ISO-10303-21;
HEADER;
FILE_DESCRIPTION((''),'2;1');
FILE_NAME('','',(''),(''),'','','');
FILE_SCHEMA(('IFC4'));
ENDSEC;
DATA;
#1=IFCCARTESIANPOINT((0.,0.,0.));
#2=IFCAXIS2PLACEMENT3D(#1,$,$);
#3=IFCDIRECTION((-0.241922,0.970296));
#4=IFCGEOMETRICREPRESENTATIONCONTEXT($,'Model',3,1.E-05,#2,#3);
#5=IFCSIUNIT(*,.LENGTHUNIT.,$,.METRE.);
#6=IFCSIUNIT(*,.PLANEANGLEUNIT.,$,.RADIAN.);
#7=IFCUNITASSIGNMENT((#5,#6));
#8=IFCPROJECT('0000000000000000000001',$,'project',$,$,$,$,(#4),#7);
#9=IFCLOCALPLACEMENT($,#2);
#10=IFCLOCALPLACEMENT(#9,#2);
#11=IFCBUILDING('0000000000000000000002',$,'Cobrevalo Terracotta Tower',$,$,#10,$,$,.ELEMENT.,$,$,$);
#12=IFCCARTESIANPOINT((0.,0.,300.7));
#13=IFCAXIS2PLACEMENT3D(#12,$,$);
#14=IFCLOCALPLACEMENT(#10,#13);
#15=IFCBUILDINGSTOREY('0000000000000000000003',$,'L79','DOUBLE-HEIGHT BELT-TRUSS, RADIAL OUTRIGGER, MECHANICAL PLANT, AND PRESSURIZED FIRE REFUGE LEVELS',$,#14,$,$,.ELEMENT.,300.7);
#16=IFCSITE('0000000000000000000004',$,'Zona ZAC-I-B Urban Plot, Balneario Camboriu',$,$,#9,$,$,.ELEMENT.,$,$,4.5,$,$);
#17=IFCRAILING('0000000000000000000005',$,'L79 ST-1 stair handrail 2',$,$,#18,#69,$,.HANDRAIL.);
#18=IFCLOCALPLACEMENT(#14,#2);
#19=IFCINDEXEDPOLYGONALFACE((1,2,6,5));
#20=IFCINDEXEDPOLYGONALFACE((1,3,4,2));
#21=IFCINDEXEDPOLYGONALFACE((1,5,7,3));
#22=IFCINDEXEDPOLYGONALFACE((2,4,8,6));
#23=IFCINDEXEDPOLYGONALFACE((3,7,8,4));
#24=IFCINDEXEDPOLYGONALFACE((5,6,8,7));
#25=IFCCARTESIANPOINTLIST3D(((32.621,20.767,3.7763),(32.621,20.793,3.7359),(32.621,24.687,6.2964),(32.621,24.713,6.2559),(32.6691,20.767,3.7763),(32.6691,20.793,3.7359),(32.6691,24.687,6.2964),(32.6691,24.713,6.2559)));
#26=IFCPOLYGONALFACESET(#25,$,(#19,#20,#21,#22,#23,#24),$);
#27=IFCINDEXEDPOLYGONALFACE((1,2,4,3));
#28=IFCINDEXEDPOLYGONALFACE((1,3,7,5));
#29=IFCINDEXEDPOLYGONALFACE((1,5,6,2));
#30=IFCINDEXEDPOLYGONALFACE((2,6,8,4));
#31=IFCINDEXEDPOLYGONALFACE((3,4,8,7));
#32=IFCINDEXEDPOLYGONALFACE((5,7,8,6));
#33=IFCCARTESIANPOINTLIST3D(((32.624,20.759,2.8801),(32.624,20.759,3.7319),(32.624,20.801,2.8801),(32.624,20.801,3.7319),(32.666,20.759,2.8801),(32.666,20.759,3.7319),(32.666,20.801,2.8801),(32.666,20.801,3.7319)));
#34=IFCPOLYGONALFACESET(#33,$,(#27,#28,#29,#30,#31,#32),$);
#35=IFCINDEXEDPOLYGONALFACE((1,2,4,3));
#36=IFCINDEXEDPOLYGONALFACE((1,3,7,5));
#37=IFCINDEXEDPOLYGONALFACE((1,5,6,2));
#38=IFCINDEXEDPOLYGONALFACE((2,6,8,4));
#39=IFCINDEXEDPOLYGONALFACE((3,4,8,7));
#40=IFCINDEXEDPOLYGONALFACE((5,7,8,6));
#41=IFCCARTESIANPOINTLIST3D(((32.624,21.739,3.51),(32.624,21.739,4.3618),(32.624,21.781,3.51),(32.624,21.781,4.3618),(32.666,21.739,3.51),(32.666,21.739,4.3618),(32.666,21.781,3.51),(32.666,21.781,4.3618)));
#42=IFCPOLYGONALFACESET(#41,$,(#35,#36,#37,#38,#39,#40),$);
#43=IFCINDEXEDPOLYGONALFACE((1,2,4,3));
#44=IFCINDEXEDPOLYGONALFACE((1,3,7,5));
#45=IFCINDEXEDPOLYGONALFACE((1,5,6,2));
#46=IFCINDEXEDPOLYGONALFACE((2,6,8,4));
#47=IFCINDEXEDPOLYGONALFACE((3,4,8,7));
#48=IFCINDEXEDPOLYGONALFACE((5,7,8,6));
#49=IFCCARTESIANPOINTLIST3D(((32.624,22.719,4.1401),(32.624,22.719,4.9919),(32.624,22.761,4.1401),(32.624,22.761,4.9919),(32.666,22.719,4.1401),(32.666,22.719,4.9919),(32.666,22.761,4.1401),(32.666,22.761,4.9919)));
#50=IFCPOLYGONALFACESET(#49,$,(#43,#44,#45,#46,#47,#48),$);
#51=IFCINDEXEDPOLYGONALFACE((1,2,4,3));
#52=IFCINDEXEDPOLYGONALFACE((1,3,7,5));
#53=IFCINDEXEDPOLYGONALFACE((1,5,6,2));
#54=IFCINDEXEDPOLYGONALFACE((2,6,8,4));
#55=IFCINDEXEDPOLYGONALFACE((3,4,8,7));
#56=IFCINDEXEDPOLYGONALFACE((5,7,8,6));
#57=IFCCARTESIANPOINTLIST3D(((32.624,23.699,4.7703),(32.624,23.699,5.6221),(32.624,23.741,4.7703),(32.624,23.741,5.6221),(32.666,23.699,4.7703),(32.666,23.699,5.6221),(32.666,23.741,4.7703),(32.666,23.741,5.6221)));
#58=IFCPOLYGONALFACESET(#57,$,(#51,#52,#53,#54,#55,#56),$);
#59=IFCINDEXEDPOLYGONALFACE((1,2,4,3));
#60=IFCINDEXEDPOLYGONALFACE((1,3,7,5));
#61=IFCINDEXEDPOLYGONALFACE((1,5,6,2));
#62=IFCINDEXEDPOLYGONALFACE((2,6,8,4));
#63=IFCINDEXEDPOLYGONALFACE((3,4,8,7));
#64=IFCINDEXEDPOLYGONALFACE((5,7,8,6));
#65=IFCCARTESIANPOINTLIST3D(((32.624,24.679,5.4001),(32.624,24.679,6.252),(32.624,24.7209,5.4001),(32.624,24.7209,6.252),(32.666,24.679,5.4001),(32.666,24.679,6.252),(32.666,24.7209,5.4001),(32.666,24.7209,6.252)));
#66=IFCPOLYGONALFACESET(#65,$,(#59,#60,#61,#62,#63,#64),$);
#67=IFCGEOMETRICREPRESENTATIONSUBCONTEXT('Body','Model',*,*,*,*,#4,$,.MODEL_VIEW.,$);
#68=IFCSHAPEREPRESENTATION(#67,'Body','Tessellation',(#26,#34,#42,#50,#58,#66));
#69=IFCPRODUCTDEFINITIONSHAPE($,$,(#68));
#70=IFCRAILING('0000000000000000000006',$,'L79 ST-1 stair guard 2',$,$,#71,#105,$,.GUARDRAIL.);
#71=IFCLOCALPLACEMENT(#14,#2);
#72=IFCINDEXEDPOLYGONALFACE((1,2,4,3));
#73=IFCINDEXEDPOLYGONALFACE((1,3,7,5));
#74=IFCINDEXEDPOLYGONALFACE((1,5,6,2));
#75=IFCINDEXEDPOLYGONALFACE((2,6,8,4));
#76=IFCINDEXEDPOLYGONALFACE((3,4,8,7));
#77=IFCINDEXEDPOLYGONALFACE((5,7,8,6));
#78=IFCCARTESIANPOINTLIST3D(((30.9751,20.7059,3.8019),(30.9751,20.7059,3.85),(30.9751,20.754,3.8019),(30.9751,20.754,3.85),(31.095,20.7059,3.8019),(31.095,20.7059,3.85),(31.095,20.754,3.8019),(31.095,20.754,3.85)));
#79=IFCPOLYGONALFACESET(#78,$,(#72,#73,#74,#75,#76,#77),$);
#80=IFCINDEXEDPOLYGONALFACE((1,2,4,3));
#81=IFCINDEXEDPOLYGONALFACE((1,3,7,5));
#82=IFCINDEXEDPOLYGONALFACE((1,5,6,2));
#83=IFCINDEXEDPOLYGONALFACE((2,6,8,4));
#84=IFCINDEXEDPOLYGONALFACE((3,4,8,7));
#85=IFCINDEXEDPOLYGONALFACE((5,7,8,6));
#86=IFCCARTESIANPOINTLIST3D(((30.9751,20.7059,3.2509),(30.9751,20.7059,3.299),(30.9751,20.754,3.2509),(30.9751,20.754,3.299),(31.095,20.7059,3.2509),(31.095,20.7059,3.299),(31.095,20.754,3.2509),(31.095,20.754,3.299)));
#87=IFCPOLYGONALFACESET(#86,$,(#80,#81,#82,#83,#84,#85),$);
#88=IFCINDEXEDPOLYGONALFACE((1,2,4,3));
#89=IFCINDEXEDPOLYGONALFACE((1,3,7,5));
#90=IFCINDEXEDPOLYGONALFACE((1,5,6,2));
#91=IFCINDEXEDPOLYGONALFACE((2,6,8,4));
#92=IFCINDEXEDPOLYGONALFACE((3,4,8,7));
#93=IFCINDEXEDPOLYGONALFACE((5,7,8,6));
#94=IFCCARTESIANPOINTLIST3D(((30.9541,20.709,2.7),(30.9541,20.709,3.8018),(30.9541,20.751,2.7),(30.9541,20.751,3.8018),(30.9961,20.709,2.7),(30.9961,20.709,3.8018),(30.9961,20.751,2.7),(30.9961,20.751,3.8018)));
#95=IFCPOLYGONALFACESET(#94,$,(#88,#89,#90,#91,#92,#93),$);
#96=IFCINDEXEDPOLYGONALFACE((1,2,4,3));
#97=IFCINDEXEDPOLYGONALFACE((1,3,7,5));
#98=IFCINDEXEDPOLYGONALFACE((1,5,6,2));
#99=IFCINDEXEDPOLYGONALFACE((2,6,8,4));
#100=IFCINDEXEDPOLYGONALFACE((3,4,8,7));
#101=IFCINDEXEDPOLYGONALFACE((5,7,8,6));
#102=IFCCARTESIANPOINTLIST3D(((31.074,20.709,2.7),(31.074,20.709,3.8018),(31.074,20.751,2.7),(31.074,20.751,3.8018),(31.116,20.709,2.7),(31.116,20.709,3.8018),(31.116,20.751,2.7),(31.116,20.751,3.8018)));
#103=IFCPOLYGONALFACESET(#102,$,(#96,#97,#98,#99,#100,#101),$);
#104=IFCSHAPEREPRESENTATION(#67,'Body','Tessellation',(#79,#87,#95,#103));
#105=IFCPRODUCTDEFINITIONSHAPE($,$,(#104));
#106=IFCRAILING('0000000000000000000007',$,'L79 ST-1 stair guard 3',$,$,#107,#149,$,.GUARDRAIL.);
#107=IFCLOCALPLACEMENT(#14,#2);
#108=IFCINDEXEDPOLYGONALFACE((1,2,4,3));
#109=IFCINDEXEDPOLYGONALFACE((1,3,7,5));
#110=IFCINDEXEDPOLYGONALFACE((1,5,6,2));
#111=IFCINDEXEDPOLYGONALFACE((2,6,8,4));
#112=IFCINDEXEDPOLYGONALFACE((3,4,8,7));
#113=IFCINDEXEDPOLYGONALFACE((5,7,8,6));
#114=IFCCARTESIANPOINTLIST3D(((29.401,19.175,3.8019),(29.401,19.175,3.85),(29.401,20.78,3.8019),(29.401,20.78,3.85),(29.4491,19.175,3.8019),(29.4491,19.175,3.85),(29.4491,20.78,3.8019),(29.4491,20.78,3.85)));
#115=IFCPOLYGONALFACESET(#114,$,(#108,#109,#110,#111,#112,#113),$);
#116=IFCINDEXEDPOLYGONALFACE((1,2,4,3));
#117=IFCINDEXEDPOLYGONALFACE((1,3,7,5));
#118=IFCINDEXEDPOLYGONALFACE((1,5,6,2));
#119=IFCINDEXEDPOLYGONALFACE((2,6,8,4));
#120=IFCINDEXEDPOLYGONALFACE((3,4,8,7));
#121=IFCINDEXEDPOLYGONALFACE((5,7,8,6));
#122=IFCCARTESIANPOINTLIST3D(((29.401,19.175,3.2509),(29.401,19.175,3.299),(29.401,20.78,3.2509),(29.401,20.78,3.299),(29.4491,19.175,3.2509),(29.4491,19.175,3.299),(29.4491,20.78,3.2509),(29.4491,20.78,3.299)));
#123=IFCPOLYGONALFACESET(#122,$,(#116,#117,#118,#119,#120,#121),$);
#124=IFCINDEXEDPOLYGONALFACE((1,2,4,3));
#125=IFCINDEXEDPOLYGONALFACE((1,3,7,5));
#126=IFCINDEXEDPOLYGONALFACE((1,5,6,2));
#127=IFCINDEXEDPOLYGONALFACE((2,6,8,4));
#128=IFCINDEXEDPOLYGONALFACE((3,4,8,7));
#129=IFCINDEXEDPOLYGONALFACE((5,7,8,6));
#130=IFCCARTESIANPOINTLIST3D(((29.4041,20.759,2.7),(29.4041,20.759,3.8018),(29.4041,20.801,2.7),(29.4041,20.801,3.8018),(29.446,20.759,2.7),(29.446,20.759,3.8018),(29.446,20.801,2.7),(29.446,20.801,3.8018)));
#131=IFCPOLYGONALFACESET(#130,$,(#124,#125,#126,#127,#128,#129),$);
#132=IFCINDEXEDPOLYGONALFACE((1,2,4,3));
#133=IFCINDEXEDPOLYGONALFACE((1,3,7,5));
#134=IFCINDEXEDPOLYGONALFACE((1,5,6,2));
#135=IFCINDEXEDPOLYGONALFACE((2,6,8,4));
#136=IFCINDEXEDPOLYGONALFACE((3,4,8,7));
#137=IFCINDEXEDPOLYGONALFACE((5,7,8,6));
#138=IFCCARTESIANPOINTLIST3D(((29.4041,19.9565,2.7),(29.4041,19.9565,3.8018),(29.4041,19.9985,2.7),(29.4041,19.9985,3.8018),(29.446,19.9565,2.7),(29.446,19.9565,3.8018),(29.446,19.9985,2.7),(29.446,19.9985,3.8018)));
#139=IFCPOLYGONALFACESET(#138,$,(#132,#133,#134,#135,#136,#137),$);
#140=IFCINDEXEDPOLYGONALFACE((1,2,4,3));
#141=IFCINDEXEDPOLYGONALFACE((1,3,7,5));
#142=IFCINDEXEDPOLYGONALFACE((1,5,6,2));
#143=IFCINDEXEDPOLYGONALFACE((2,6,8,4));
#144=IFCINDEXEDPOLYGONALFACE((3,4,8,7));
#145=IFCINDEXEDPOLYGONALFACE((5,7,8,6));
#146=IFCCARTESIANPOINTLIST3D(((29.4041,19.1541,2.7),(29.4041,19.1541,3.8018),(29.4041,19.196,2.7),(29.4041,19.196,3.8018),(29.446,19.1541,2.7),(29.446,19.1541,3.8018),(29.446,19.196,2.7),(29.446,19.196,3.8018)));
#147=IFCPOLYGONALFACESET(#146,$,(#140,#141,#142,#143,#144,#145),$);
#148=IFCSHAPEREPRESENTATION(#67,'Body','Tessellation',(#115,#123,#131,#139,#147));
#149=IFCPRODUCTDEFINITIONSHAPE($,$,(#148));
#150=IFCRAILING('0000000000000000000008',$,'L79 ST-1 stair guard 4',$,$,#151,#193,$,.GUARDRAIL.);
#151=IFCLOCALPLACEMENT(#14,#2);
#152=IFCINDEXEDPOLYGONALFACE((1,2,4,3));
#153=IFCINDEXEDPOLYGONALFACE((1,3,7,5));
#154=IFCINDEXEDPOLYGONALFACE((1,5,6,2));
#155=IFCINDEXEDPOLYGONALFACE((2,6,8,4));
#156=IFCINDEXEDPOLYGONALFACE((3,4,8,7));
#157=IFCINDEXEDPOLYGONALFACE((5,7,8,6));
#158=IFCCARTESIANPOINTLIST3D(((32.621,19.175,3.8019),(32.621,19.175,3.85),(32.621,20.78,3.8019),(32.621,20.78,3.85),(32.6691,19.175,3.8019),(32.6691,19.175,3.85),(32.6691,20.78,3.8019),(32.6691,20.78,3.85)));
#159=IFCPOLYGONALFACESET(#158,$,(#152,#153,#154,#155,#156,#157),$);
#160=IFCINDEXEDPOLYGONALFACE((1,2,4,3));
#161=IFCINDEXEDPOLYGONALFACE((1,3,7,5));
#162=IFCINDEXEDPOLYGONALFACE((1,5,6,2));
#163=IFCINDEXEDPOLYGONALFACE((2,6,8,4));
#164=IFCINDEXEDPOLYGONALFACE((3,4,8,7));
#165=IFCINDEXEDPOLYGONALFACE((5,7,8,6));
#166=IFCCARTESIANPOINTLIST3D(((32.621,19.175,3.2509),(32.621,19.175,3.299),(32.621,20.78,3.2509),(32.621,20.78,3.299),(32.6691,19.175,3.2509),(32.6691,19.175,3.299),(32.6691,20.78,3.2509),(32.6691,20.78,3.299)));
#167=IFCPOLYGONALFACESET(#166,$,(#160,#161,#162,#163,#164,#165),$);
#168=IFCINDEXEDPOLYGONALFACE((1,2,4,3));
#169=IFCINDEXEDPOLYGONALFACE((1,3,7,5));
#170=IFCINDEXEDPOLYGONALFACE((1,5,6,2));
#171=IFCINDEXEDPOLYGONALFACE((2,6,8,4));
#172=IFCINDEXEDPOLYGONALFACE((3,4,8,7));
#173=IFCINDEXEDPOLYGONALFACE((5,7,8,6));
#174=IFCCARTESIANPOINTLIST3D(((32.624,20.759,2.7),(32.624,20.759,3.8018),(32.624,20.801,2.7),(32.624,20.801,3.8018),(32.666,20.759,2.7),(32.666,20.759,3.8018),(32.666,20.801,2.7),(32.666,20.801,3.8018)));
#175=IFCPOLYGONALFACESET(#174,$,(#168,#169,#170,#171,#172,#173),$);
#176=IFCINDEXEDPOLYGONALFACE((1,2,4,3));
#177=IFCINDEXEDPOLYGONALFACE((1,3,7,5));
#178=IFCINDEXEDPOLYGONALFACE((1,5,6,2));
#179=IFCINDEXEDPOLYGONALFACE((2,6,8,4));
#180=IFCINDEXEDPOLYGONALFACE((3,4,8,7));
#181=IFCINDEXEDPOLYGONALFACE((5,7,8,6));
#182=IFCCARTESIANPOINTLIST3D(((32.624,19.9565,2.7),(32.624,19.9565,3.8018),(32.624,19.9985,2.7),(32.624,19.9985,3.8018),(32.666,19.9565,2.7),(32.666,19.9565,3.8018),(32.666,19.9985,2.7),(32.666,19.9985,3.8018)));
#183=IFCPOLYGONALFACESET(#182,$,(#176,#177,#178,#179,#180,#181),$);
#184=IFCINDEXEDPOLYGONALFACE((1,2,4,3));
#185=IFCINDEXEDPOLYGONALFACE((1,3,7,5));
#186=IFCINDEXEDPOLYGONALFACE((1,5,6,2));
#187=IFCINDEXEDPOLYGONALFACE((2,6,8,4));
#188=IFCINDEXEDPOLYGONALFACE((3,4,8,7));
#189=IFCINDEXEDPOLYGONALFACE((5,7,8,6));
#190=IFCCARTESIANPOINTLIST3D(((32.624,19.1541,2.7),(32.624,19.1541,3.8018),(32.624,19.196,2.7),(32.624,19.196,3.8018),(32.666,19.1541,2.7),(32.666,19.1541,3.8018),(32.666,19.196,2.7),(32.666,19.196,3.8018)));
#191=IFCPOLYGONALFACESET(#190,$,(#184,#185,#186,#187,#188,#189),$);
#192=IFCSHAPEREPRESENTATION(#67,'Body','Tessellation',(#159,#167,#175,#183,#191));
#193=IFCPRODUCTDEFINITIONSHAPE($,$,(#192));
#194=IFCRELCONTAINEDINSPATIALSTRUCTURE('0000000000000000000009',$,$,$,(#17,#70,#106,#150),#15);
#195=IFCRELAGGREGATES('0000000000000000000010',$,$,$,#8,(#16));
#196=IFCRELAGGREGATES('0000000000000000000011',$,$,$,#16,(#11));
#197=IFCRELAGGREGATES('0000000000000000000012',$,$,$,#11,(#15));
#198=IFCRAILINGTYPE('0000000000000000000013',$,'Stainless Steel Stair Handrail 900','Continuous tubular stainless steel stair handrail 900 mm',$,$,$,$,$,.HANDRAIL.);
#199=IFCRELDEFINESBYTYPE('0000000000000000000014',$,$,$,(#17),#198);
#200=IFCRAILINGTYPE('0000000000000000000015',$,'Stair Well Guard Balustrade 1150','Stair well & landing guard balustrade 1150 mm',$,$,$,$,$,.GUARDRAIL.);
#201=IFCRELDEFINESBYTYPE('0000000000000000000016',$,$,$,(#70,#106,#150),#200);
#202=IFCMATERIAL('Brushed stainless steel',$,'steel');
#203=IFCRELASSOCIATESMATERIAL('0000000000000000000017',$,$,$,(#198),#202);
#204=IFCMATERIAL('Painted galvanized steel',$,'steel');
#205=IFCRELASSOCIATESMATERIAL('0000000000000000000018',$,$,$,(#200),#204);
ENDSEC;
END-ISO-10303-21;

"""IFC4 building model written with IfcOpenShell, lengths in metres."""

from ifc_helpers import new_model, si_unit, direction, frame, origin, origin_2d, place, context, subcontext, project, spatial, rectangle, extrude, material, type_object, element, save


model = new_model("IFC4")

# Units and contexts
model_context = context("Model", 3, precision=1e-05, world=origin(), true_north=direction((-0.241922, 0.970296)))
body_context = subcontext(model_context, "Body", "Model", "MODEL_VIEW")
ifc_project = project(units=[si_unit("LENGTHUNIT", "METRE"), si_unit("PLANEANGLEUNIT", "RADIAN")], contexts=[model_context])

# Site, building, storey
site_placement = place(None, origin())
site = spatial("IfcSite", under=ifc_project, at=site_placement, Name="Zona ZAC-I-B Urban Plot, Balneario Camboriu", CompositionType="ELEMENT", RefElevation=4.5)
building_placement = place(site_placement, origin())
building = spatial("IfcBuilding", under=site, at=building_placement, Name="Cobrevalo Terracotta Tower", CompositionType="ELEMENT")
storey_placement = place(building_placement, frame((0.0, 0.0, 300.7)))
storey = spatial("IfcBuildingStorey", under=building, at=storey_placement, Name="L79", Description="DOUBLE-HEIGHT BELT-TRUSS, RADIAL OUTRIGGER, MECHANICAL PLANT, AND PRESSURIZED FIRE REFUGE LEVELS", CompositionType="ELEMENT", Elevation=300.7)

# Railings
ifc_material_1 = material(Name="Brushed stainless steel", Category="steel")
railing_type_1 = type_object("IfcRailingType", Name="Stainless Steel Stair Handrail 900", Description="Continuous tubular stainless steel stair handrail 900 mm", PredefinedType="HANDRAIL", material=ifc_material_1)
railing_1_placement = place(storey_placement, frame((32.645, 20.78, 2.8801)))
element("IfcRailing", 1, at=railing_1_placement, inside=storey, type_object=railing_type_1, Name="L79 ST-1 stair handrail 2", PredefinedType="HANDRAIL", context=body_context, shape_type="SweptSolid", body=[
    extrude(rectangle(XDim=0.0481, YDim=0.0481, at=origin_2d()), frame((0.0, 0.0, 0.876), z_axis=(0.0, 0.841172, 0.540768), x_axis=(-1.0, 0.0, 0.0)), (0.0, 0.0, 1.0), 4.6602),
    extrude(rectangle(XDim=0.042, YDim=0.042, at=origin_2d()), origin(), (0.0, 0.0, 1.0), 0.8518),
    extrude(rectangle(XDim=0.042, YDim=0.042, at=origin_2d()), frame((0.0, 0.98, 0.6299)), (0.0, 0.0, 1.0), 0.8518),
    extrude(rectangle(XDim=0.042, YDim=0.042, at=origin_2d()), frame((0.0, 1.96, 1.26)), (0.0, 0.0, 1.0), 0.8518),
    extrude(rectangle(XDim=0.042, YDim=0.042, at=origin_2d()), frame((0.0, 2.9399, 1.8901)), (0.0, 0.0, 1.0), 0.8518),
    extrude(rectangle(XDim=0.042, YDim=0.042, at=origin_2d()), frame((0.0, 3.9199, 2.52)), (0.0, 0.0, 1.0), 0.8518),
])
ifc_material_2 = material(Name="Painted galvanized steel", Category="steel")
railing_type_2 = type_object("IfcRailingType", Name="Stair Well Guard Balustrade 1150", Description="Stair well & landing guard balustrade 1150 mm", PredefinedType="GUARDRAIL", material=ifc_material_2)
railing_2_placement = place(storey_placement, frame((30.9751, 20.73, 2.7)))
element("IfcRailing", 2, at=railing_2_placement, inside=storey, type_object=railing_type_2, Name="L79 ST-1 stair guard 2", PredefinedType="GUARDRAIL", context=body_context, shape_type="SweptSolid", body=[
    extrude(rectangle(XDim=0.0481, YDim=0.0481, at=origin_2d()), frame((0.0, 0.0, 1.126), z_axis=(1.0, 0.0, 0.0), x_axis=(0.0, 1.0, 0.0)), (0.0, 0.0, 1.0), 0.1199),
    extrude(rectangle(XDim=0.0481, YDim=0.0481, at=origin_2d()), frame((0.0, 0.0, 0.575), z_axis=(1.0, 0.0, 0.0), x_axis=(0.0, 1.0, 0.0)), (0.0, 0.0, 1.0), 0.1199),
    extrude(rectangle(XDim=0.042, YDim=0.042, at=origin_2d()), origin(), (0.0, 0.0, 1.0), 1.1018),
    extrude(rectangle(XDim=0.042, YDim=0.042, at=origin_2d()), frame((0.1199, 0.0, 0.0)), (0.0, 0.0, 1.0), 1.1018),
])
for number, where, name in (
    (3, (29.425, 20.78, 2.7), "L79 ST-1 stair guard 3"),
    (4, (32.645, 20.78, 2.7), "L79 ST-1 stair guard 4"),
):
    element("IfcRailing", number, at=place(storey_placement, frame(where)), inside=storey, type_object=railing_type_2, Name=name, PredefinedType="GUARDRAIL", context=body_context, shape_type="SweptSolid", body=[
        extrude(rectangle(XDim=0.0481, YDim=0.0481, at=origin_2d()), frame((0.0, 0.0, 1.126), z_axis=(0.0, -1.0, 0.0), x_axis=(1.0, 0.0, 0.0)), (0.0, 0.0, 1.0), 1.605),
        extrude(rectangle(XDim=0.0481, YDim=0.0481, at=origin_2d()), frame((0.0, 0.0, 0.575), z_axis=(0.0, -1.0, 0.0), x_axis=(1.0, 0.0, 0.0)), (0.0, 0.0, 1.0), 1.605),
        extrude(rectangle(XDim=0.042, YDim=0.042, at=origin_2d()), origin(), (0.0, 0.0, 1.0), 1.1018),
        extrude(rectangle(XDim=0.042, YDim=0.042, at=origin_2d()), frame((0.0, -0.8025, 0.0)), (0.0, 0.0, 1.0), 1.1018),
        extrude(rectangle(XDim=0.042, YDim=0.042, at=origin_2d()), frame((0.0, -1.605, 0.0)), (0.0, 0.0, 1.0), 1.1018),
    ])

save(model, "model.ifc")
